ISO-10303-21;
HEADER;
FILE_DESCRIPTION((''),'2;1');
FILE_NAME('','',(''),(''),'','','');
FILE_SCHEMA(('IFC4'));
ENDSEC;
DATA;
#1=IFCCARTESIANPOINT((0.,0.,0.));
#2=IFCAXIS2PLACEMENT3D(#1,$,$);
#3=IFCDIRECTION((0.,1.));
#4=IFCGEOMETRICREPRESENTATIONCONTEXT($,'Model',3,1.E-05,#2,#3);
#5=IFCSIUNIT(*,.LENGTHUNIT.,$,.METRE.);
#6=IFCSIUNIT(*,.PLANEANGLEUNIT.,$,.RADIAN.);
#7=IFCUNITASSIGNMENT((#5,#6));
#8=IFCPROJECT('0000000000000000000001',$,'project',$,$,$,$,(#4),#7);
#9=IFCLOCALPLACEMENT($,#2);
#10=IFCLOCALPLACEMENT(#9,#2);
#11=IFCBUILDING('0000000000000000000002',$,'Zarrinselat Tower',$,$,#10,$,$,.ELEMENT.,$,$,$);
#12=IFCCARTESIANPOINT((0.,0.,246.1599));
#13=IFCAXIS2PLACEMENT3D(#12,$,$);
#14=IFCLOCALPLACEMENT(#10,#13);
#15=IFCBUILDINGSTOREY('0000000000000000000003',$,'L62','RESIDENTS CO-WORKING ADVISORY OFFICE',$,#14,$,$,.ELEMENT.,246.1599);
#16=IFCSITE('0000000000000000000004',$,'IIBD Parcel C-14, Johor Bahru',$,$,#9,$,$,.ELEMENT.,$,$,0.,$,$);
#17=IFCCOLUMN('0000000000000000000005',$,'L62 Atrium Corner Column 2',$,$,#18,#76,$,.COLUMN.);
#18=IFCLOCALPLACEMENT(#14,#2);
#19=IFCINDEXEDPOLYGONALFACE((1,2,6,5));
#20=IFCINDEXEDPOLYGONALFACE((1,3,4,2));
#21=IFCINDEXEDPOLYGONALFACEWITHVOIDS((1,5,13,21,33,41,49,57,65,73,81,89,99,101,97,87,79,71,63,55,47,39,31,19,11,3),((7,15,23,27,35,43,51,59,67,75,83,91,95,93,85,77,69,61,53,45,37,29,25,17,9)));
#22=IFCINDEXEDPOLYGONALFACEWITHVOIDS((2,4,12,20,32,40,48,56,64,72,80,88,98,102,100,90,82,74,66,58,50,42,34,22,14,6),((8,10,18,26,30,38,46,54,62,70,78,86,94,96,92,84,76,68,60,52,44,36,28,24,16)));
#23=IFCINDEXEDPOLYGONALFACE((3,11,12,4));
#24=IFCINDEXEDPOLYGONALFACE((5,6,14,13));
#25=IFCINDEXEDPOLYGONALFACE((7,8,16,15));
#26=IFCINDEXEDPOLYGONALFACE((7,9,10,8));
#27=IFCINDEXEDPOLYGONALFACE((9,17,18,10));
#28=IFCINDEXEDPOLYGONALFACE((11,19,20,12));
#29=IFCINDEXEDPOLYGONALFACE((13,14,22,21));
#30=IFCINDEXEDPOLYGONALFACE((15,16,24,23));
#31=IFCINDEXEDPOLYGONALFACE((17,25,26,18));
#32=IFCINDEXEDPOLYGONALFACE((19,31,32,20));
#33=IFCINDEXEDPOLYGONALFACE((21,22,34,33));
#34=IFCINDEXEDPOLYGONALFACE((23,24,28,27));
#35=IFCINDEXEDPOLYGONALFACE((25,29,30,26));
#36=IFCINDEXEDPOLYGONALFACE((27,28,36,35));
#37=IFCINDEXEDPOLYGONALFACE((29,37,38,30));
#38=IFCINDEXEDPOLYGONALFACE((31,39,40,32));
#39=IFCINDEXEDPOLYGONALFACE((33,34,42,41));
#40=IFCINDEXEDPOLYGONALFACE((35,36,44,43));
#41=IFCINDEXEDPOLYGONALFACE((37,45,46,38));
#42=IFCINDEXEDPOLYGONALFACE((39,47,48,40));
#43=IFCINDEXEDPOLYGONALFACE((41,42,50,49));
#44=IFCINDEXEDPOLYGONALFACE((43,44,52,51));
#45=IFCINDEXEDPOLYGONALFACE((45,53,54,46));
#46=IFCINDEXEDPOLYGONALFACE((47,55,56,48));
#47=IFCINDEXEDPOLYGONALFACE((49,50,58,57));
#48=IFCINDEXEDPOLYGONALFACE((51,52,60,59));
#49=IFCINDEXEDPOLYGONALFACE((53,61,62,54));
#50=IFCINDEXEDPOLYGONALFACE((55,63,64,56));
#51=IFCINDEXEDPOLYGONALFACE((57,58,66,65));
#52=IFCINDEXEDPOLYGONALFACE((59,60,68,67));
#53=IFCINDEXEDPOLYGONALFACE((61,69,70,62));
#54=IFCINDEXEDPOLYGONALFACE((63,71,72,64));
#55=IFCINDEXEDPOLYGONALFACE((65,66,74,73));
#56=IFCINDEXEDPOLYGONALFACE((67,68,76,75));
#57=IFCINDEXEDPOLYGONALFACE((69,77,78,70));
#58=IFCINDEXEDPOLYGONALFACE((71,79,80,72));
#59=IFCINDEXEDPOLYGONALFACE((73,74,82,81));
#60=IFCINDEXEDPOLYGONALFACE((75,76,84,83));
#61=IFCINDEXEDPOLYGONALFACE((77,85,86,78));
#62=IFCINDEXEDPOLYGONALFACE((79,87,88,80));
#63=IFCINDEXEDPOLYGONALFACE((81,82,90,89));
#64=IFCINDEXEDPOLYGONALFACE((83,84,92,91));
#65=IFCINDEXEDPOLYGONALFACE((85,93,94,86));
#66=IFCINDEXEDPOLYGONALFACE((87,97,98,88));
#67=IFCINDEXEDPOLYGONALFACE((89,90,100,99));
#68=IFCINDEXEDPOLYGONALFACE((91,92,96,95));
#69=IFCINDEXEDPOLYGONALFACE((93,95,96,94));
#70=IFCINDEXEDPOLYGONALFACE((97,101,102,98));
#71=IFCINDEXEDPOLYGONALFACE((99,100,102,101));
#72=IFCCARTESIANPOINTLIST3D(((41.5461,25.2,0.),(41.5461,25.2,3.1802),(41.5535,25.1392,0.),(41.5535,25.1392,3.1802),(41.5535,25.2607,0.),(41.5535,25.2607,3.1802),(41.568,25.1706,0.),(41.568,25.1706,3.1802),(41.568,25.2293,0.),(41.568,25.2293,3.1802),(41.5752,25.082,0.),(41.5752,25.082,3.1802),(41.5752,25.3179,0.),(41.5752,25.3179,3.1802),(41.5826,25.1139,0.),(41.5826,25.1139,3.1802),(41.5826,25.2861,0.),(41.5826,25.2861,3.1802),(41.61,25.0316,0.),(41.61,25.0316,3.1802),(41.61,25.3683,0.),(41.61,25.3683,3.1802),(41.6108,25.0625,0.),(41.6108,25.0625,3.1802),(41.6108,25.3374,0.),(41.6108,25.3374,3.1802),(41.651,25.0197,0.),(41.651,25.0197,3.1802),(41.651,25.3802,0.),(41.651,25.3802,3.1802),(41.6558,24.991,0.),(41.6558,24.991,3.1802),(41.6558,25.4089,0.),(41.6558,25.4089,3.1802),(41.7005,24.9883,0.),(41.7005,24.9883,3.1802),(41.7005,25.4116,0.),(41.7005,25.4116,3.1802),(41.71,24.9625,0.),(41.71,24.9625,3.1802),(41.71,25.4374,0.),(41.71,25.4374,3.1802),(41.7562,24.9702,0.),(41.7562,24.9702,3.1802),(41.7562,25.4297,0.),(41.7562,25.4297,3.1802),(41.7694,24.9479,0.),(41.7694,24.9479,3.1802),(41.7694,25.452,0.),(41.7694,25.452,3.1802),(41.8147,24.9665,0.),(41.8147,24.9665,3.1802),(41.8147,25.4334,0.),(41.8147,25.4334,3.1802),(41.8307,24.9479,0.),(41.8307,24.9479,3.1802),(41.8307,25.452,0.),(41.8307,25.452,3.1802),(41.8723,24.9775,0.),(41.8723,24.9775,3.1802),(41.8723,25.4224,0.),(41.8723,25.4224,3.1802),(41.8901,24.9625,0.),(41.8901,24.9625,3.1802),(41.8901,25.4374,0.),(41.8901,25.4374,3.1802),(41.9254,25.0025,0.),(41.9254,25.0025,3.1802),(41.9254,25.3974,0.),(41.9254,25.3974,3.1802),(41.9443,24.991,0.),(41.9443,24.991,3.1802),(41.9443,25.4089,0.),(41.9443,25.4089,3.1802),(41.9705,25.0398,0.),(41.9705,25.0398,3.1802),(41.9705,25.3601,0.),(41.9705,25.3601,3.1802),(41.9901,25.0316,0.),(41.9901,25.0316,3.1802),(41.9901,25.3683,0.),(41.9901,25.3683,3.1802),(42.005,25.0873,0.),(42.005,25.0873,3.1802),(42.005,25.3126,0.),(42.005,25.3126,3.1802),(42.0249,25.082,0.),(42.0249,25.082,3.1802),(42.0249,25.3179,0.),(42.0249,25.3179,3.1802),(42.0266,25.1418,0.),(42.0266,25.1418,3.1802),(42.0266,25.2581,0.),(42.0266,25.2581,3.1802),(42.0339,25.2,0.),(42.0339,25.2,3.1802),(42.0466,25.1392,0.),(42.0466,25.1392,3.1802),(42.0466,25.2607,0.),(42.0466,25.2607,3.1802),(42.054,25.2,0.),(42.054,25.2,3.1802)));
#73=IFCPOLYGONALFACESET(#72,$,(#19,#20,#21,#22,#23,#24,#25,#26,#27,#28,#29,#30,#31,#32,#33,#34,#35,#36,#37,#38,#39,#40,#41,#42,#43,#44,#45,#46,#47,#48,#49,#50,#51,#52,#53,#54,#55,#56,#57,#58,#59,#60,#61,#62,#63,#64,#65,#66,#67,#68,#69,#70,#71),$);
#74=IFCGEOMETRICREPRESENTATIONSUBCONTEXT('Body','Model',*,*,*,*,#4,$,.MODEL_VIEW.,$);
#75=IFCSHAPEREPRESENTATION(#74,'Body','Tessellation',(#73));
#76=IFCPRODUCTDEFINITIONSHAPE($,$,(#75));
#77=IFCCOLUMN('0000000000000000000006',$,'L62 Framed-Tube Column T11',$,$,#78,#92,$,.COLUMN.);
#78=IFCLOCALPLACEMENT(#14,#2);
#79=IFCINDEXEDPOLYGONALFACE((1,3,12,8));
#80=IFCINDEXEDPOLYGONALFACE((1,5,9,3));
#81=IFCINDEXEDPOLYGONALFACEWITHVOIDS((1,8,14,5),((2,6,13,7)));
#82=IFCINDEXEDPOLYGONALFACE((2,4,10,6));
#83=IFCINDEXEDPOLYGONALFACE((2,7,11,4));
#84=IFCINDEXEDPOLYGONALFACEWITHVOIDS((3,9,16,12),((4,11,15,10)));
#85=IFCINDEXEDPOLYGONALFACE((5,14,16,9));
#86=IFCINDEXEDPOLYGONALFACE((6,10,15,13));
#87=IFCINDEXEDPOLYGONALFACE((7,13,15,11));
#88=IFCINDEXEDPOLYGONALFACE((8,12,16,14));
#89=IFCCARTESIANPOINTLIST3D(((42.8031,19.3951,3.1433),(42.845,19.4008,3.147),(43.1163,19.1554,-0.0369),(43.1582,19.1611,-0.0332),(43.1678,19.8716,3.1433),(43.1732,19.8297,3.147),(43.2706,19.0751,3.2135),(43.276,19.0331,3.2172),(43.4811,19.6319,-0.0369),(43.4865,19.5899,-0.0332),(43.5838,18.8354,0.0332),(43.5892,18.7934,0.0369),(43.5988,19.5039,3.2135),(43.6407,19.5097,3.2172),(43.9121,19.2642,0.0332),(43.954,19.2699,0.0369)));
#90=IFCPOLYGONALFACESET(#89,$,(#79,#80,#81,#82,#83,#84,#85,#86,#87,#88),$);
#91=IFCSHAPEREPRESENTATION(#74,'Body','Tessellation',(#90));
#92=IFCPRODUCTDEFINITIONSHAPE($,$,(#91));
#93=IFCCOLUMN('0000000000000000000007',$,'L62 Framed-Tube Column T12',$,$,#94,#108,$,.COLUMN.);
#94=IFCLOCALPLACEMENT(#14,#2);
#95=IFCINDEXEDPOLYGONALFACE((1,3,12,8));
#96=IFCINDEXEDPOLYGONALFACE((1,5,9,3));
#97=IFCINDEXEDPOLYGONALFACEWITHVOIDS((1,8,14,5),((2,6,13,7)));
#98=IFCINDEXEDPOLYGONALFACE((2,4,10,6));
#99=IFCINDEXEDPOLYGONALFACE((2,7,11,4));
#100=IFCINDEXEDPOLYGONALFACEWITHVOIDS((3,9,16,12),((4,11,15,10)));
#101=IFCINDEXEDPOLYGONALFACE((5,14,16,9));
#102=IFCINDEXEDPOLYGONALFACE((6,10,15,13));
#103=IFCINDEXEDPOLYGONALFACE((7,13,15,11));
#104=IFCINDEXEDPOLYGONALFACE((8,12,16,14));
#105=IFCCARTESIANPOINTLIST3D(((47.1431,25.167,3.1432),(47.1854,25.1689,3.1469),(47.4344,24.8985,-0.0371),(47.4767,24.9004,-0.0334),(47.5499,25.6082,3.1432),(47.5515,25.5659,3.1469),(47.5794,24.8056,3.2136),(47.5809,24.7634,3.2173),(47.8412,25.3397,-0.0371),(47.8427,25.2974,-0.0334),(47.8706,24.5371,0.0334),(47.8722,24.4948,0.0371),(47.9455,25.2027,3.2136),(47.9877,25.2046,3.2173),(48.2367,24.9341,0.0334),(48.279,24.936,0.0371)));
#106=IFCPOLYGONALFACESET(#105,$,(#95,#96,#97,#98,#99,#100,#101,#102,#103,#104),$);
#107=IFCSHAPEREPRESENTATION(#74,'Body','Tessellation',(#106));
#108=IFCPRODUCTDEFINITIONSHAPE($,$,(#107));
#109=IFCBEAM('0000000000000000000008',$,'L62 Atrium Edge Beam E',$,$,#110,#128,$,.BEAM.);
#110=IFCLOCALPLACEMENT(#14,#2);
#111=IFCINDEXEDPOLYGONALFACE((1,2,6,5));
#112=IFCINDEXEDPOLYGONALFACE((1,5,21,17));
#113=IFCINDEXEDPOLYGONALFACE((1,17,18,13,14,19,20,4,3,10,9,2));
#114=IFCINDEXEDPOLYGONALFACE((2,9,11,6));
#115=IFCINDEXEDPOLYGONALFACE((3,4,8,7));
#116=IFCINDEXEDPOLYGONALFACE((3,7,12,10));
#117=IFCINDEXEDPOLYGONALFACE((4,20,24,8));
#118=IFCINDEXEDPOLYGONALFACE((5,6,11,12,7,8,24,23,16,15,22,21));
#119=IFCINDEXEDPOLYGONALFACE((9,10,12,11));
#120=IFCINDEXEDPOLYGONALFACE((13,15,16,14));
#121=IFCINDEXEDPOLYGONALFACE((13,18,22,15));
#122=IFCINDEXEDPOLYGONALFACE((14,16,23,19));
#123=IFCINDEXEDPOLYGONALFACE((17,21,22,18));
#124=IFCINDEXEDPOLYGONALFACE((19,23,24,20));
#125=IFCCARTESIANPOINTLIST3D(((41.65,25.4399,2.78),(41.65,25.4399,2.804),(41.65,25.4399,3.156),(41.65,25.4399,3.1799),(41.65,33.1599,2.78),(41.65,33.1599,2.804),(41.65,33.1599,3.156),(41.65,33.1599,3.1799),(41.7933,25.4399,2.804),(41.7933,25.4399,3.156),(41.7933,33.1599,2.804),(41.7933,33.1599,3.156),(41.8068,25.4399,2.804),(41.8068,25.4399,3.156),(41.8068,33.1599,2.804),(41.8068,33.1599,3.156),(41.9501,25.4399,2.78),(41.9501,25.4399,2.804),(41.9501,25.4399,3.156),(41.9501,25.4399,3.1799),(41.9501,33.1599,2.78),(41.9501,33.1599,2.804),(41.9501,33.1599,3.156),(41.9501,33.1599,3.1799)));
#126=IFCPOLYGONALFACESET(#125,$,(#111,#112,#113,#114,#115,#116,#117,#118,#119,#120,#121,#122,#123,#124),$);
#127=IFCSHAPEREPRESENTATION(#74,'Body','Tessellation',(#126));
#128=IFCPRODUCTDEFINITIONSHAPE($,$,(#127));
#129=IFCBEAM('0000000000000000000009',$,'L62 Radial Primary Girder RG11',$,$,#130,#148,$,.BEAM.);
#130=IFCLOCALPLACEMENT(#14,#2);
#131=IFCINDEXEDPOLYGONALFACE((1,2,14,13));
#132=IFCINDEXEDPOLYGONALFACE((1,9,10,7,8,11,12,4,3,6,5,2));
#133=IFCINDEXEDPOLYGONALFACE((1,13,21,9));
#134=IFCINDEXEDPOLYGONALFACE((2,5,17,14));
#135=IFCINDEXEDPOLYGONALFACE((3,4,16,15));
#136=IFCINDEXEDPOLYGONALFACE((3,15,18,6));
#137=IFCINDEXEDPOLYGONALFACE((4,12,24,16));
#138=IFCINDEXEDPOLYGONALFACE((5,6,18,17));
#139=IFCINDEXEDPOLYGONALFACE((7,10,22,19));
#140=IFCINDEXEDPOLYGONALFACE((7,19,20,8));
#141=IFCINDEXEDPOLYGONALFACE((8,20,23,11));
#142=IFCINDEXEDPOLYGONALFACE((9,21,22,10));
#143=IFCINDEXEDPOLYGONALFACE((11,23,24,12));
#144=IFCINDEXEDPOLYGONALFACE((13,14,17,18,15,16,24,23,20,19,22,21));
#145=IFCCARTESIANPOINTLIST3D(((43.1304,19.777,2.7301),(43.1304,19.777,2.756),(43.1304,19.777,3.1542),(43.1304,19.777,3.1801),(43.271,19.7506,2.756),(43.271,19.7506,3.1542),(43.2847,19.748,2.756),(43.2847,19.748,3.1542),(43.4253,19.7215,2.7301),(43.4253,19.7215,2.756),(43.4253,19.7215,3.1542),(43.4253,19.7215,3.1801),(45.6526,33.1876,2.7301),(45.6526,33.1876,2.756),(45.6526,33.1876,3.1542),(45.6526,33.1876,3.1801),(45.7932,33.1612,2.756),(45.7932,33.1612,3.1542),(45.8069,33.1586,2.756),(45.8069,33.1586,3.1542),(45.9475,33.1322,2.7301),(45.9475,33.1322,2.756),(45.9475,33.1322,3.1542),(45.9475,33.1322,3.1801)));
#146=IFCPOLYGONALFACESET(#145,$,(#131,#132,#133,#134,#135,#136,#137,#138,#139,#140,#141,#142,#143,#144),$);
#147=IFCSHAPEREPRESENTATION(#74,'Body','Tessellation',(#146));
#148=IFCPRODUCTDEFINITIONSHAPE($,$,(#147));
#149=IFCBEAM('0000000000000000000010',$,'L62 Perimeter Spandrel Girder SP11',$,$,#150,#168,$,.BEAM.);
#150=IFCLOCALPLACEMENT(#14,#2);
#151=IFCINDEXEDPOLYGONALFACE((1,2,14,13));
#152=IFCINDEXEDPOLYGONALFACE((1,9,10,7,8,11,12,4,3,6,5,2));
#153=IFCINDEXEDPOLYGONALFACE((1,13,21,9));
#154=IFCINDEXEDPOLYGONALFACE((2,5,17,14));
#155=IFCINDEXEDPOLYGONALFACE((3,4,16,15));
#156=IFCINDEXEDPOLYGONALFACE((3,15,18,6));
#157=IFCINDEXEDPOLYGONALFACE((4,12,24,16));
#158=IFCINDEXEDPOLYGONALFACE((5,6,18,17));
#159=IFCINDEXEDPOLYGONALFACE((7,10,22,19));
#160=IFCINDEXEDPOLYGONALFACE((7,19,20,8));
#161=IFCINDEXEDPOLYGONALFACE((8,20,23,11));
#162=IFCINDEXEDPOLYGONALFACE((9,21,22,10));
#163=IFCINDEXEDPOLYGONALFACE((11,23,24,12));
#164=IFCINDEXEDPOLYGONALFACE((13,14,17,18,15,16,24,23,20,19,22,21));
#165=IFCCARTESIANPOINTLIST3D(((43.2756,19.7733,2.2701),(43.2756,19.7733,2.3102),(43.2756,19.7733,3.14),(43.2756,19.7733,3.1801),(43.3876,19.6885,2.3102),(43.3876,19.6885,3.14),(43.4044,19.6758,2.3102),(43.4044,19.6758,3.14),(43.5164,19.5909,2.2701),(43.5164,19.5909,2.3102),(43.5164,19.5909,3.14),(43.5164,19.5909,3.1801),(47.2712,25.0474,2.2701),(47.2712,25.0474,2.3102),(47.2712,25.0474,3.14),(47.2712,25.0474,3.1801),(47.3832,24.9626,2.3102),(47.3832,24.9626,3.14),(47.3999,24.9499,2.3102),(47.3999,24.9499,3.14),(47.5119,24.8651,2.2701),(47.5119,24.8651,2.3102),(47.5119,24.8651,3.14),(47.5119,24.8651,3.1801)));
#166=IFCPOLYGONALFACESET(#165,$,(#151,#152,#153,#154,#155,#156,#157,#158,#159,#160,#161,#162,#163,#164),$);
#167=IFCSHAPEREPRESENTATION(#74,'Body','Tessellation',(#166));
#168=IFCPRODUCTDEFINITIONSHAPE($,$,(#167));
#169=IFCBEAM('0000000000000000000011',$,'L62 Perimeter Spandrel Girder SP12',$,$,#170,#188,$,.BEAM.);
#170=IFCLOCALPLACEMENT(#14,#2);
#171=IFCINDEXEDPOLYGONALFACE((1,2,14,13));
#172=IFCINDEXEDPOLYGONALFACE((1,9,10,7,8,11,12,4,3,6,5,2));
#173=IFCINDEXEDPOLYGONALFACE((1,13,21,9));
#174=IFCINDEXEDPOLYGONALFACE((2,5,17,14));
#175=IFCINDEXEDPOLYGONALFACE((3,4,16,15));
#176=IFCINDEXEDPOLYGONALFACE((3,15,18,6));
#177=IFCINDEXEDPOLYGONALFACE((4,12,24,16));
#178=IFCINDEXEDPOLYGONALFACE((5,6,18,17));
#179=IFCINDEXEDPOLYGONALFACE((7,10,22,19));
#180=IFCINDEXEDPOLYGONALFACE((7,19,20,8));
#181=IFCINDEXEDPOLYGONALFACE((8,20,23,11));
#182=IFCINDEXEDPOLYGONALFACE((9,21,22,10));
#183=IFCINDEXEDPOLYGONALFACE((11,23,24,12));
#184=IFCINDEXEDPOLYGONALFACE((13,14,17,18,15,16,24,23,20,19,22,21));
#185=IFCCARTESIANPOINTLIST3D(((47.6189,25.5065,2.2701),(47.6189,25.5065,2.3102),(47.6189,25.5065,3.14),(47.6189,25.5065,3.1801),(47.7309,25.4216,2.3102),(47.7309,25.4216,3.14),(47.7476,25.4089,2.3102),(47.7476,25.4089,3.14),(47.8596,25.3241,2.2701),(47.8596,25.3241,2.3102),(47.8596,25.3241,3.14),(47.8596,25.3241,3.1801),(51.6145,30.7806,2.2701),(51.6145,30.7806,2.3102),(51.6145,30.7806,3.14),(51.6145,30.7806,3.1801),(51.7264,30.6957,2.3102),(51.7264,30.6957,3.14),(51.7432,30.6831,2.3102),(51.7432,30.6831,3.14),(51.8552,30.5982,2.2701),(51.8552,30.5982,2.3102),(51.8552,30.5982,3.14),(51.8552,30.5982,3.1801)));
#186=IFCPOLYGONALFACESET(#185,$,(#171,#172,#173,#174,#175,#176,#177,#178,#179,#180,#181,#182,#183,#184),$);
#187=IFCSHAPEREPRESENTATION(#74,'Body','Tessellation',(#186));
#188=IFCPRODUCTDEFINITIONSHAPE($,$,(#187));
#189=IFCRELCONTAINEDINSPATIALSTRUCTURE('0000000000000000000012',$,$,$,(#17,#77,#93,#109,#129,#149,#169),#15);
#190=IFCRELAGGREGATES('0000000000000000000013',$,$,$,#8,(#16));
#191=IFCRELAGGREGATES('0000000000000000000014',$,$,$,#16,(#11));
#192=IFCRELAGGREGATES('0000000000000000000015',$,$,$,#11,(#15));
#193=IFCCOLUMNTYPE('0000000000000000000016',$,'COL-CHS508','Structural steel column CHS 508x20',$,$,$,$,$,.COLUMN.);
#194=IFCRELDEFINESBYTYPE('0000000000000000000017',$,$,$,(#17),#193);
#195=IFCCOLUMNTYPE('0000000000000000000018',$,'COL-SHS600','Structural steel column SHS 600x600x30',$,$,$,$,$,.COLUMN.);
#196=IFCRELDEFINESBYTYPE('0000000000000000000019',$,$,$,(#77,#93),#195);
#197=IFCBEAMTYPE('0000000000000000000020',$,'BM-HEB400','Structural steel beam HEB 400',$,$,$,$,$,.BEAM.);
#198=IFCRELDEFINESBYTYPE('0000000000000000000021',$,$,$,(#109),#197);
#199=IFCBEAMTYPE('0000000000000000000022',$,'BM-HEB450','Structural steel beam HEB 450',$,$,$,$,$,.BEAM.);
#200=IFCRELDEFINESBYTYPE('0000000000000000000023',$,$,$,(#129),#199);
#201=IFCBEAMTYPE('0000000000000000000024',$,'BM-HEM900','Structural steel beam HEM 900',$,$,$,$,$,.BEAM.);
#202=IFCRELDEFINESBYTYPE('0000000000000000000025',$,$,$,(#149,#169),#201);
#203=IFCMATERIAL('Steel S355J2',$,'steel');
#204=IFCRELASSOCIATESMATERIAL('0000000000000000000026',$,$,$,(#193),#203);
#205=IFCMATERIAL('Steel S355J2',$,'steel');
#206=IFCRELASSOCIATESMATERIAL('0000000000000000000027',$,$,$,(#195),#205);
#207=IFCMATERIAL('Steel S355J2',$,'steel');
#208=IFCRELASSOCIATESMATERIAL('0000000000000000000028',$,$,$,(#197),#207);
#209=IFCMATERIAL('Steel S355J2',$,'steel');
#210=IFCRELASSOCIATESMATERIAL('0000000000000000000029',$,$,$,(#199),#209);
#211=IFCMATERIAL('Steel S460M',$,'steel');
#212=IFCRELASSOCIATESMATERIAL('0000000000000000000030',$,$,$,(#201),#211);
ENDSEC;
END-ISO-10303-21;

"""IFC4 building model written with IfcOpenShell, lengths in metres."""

from ifc_helpers import new_model, si_unit, direction, frame, origin, origin_2d, place, context, subcontext, project, spatial, hollow_rectangle, hollow_circle, i_section, extrude, material, material_profile, profile_set, type_object, element, save


model = new_model("IFC4")

# Units and contexts
model_context = context("Model", 3, precision=1e-05, world=origin(), true_north=direction((0.0, 1.0)))
body_context = subcontext(model_context, "Body", "Model", "MODEL_VIEW")
ifc_project = project(units=[si_unit("LENGTHUNIT", "METRE"), si_unit("PLANEANGLEUNIT", "RADIAN")], contexts=[model_context])

# Site, building, storey
site_placement = place(None, origin())
site = spatial("IfcSite", under=ifc_project, at=site_placement, Name="IIBD Parcel C-14, Johor Bahru", CompositionType="ELEMENT", RefElevation=0.0)
building_placement = place(site_placement, origin())
building = spatial("IfcBuilding", under=site, at=building_placement, Name="Zarrinselat Tower", CompositionType="ELEMENT")
storey_placement = place(building_placement, frame((0.0, 0.0, 246.1599)))
storey = spatial("IfcBuildingStorey", under=building, at=storey_placement, Name="L62", Description="RESIDENTS CO-WORKING ADVISORY OFFICE", CompositionType="ELEMENT", Elevation=246.1599)

# Columns
ifc_material_1 = material(Name="Steel S355J2", Category="steel")
ifc_material_profile_1 = material_profile(ifc_material_1, hollow_circle(Radius=0.2539, WallThickness=0.02, at=origin_2d()), Name="CHS 508x20")
ifc_profile_set_1 = profile_set([ifc_material_profile_1], Name="Steel S355J2")
column_type_1 = type_object("IfcColumnType", Name="COL-CHS508", Description="Structural steel column CHS 508x20", PredefinedType="COLUMN", material=ifc_profile_set_1)
column_1_placement = place(storey_placement, frame((41.8, 25.2, 0.0), z_axis=(0.0, 0.0, 1.0), x_axis=(1.0, 0.0, 0.0)))
element("IfcColumn", 1, at=column_1_placement, inside=storey, type_object=column_type_1, Name="L62 Atrium Corner Column 2", PredefinedType="COLUMN", context=body_context, shape_type="SweptSolid", body=[
    extrude(hollow_circle(Radius=0.2539, WallThickness=0.02, at=origin_2d()), origin(), (0.0, 0.0, 1.0), 3.1802),
])
ifc_material_2 = material(Name="Steel S355J2", Category="steel")
ifc_material_profile_2 = material_profile(ifc_material_2, hollow_rectangle(XDim=0.6001, YDim=0.6001, WallThickness=0.03, at=origin_2d()), Name="SHS 600x600x30")
ifc_profile_set_2 = profile_set([ifc_material_profile_2], Name="Steel S355J2")
column_type_2 = type_object("IfcColumnType", Name="COL-SHS600", Description="Structural steel column SHS 600x600x30", PredefinedType="COLUMN", material=ifc_profile_set_2)
column_2_placement = place(storey_placement, frame((43.5352, 19.2126, 0.0), z_axis=(-0.097746, 0.074814, 0.992395), x_axis=(-0.607795, -0.794094, 0.0)))
element("IfcColumn", 2, at=column_2_placement, inside=storey, type_object=column_type_2, Name="L62 Framed-Tube Column T11", PredefinedType="COLUMN", context=body_context, shape_type="SweptSolid", body=[
    extrude(hollow_rectangle(XDim=0.6001, YDim=0.6001, WallThickness=0.03, at=origin_2d()), origin(), (0.0, 0.0, 1.0), 3.2046),
])
column_3_placement = place(storey_placement, frame((47.8567, 24.9172, 0.0), z_axis=(-0.090884, 0.083799, 0.99233), x_axis=(-0.67787, -0.735181, 0.0)))
element("IfcColumn", 3, at=column_3_placement, inside=storey, type_object=column_type_2, Name="L62 Framed-Tube Column T12", PredefinedType="COLUMN", context=body_context, shape_type="SweptSolid", body=[
    extrude(hollow_rectangle(XDim=0.6001, YDim=0.6001, WallThickness=0.03, at=origin_2d()), origin(), (0.0, 0.0, 1.0), 3.2048),
])

# Beams
ifc_material_3 = material(Name="Steel S355J2", Category="steel")
ifc_material_profile_3 = material_profile(ifc_material_3, i_section(OverallWidth=0.3, OverallDepth=0.3999, WebThickness=0.0134, FlangeThickness=0.0239, at=origin_2d()), Name="HEB 400")
ifc_profile_set_3 = profile_set([ifc_material_profile_3], Name="Steel S355J2")
beam_type_1 = type_object("IfcBeamType", Name="BM-HEB400", Description="Structural steel beam HEB 400", PredefinedType="BEAM", material=ifc_profile_set_3)
beam_1_placement = place(storey_placement, frame((41.8, 25.4399, 2.98), z_axis=(0.0, 1.0, 0.0), x_axis=(-1.0, 0.0, 0.0)))
element("IfcBeam", 4, at=beam_1_placement, inside=storey, type_object=beam_type_1, Name="L62 Atrium Edge Beam E", PredefinedType="BEAM", context=body_context, shape_type="SweptSolid", body=[
    extrude(i_section(OverallWidth=0.3, OverallDepth=0.3999, WebThickness=0.0134, FlangeThickness=0.0239, at=origin_2d()), origin(), (0.0, 0.0, 1.0), 7.72),
])
ifc_material_4 = material(Name="Steel S355J2", Category="steel")
ifc_material_profile_4 = material_profile(ifc_material_4, i_section(OverallWidth=0.3, OverallDepth=0.45, WebThickness=0.0139, FlangeThickness=0.0259, at=origin_2d()), Name="HEB 450")
ifc_profile_set_4 = profile_set([ifc_material_profile_4], Name="Steel S355J2")
beam_type_2 = type_object("IfcBeamType", Name="BM-HEB450", Description="Structural steel beam HEB 450", PredefinedType="BEAM", material=ifc_profile_set_4)
beam_2_placement = place(storey_placement, frame((43.2778, 19.7493, 2.9551), z_axis=(0.184835, 0.98277, 0.0), x_axis=(-0.98277, 0.184835, 0.0)))
element("IfcBeam", 5, at=beam_2_placement, inside=storey, type_object=beam_type_2, Name="L62 Radial Primary Girder RG11", PredefinedType="BEAM", context=body_context, shape_type="SweptSolid", body=[
    extrude(i_section(OverallWidth=0.3, OverallDepth=0.45, WebThickness=0.0139, FlangeThickness=0.0259, at=origin_2d()), origin(), (0.0, 0.0, 1.0), 13.6458),
])
ifc_material_5 = material(Name="Steel S460M", Category="steel")
ifc_material_profile_5 = material_profile(ifc_material_5, i_section(OverallWidth=0.302, OverallDepth=0.9099, WebThickness=0.021, FlangeThickness=0.04, at=origin_2d()), Name="HEM 900")
ifc_profile_set_5 = profile_set([ifc_material_profile_5], Name="Steel S460M")
beam_type_3 = type_object("IfcBeamType", Name="BM-HEM900", Description="Structural steel beam HEM 900", PredefinedType="BEAM", material=ifc_profile_set_5)
for number, where, z_axis, x_axis, name in (
    (6, (43.396, 19.6821, 2.7251), (0.60386, 0.797091, 0.0), (-0.797091, 0.60386, 0.0), "L62 Perimeter Spandrel Girder SP11"),
    (7, (47.7393, 25.4153, 2.7251), (0.60386, 0.797091, 0.0), (-0.797091, 0.60386, 0.0), "L62 Perimeter Spandrel Girder SP12"),
):
    element("IfcBeam", number, at=place(storey_placement, frame(where, z_axis=z_axis, x_axis=x_axis)), inside=storey, type_object=beam_type_3, Name=name, PredefinedType="BEAM", context=body_context, shape_type="SweptSolid", body=[
        extrude(i_section(OverallWidth=0.302, OverallDepth=0.9099, WebThickness=0.021, FlangeThickness=0.04, at=origin_2d()), origin(), (0.0, 0.0, 1.0), 6.6167),
    ])

save(model, "model.ifc")
